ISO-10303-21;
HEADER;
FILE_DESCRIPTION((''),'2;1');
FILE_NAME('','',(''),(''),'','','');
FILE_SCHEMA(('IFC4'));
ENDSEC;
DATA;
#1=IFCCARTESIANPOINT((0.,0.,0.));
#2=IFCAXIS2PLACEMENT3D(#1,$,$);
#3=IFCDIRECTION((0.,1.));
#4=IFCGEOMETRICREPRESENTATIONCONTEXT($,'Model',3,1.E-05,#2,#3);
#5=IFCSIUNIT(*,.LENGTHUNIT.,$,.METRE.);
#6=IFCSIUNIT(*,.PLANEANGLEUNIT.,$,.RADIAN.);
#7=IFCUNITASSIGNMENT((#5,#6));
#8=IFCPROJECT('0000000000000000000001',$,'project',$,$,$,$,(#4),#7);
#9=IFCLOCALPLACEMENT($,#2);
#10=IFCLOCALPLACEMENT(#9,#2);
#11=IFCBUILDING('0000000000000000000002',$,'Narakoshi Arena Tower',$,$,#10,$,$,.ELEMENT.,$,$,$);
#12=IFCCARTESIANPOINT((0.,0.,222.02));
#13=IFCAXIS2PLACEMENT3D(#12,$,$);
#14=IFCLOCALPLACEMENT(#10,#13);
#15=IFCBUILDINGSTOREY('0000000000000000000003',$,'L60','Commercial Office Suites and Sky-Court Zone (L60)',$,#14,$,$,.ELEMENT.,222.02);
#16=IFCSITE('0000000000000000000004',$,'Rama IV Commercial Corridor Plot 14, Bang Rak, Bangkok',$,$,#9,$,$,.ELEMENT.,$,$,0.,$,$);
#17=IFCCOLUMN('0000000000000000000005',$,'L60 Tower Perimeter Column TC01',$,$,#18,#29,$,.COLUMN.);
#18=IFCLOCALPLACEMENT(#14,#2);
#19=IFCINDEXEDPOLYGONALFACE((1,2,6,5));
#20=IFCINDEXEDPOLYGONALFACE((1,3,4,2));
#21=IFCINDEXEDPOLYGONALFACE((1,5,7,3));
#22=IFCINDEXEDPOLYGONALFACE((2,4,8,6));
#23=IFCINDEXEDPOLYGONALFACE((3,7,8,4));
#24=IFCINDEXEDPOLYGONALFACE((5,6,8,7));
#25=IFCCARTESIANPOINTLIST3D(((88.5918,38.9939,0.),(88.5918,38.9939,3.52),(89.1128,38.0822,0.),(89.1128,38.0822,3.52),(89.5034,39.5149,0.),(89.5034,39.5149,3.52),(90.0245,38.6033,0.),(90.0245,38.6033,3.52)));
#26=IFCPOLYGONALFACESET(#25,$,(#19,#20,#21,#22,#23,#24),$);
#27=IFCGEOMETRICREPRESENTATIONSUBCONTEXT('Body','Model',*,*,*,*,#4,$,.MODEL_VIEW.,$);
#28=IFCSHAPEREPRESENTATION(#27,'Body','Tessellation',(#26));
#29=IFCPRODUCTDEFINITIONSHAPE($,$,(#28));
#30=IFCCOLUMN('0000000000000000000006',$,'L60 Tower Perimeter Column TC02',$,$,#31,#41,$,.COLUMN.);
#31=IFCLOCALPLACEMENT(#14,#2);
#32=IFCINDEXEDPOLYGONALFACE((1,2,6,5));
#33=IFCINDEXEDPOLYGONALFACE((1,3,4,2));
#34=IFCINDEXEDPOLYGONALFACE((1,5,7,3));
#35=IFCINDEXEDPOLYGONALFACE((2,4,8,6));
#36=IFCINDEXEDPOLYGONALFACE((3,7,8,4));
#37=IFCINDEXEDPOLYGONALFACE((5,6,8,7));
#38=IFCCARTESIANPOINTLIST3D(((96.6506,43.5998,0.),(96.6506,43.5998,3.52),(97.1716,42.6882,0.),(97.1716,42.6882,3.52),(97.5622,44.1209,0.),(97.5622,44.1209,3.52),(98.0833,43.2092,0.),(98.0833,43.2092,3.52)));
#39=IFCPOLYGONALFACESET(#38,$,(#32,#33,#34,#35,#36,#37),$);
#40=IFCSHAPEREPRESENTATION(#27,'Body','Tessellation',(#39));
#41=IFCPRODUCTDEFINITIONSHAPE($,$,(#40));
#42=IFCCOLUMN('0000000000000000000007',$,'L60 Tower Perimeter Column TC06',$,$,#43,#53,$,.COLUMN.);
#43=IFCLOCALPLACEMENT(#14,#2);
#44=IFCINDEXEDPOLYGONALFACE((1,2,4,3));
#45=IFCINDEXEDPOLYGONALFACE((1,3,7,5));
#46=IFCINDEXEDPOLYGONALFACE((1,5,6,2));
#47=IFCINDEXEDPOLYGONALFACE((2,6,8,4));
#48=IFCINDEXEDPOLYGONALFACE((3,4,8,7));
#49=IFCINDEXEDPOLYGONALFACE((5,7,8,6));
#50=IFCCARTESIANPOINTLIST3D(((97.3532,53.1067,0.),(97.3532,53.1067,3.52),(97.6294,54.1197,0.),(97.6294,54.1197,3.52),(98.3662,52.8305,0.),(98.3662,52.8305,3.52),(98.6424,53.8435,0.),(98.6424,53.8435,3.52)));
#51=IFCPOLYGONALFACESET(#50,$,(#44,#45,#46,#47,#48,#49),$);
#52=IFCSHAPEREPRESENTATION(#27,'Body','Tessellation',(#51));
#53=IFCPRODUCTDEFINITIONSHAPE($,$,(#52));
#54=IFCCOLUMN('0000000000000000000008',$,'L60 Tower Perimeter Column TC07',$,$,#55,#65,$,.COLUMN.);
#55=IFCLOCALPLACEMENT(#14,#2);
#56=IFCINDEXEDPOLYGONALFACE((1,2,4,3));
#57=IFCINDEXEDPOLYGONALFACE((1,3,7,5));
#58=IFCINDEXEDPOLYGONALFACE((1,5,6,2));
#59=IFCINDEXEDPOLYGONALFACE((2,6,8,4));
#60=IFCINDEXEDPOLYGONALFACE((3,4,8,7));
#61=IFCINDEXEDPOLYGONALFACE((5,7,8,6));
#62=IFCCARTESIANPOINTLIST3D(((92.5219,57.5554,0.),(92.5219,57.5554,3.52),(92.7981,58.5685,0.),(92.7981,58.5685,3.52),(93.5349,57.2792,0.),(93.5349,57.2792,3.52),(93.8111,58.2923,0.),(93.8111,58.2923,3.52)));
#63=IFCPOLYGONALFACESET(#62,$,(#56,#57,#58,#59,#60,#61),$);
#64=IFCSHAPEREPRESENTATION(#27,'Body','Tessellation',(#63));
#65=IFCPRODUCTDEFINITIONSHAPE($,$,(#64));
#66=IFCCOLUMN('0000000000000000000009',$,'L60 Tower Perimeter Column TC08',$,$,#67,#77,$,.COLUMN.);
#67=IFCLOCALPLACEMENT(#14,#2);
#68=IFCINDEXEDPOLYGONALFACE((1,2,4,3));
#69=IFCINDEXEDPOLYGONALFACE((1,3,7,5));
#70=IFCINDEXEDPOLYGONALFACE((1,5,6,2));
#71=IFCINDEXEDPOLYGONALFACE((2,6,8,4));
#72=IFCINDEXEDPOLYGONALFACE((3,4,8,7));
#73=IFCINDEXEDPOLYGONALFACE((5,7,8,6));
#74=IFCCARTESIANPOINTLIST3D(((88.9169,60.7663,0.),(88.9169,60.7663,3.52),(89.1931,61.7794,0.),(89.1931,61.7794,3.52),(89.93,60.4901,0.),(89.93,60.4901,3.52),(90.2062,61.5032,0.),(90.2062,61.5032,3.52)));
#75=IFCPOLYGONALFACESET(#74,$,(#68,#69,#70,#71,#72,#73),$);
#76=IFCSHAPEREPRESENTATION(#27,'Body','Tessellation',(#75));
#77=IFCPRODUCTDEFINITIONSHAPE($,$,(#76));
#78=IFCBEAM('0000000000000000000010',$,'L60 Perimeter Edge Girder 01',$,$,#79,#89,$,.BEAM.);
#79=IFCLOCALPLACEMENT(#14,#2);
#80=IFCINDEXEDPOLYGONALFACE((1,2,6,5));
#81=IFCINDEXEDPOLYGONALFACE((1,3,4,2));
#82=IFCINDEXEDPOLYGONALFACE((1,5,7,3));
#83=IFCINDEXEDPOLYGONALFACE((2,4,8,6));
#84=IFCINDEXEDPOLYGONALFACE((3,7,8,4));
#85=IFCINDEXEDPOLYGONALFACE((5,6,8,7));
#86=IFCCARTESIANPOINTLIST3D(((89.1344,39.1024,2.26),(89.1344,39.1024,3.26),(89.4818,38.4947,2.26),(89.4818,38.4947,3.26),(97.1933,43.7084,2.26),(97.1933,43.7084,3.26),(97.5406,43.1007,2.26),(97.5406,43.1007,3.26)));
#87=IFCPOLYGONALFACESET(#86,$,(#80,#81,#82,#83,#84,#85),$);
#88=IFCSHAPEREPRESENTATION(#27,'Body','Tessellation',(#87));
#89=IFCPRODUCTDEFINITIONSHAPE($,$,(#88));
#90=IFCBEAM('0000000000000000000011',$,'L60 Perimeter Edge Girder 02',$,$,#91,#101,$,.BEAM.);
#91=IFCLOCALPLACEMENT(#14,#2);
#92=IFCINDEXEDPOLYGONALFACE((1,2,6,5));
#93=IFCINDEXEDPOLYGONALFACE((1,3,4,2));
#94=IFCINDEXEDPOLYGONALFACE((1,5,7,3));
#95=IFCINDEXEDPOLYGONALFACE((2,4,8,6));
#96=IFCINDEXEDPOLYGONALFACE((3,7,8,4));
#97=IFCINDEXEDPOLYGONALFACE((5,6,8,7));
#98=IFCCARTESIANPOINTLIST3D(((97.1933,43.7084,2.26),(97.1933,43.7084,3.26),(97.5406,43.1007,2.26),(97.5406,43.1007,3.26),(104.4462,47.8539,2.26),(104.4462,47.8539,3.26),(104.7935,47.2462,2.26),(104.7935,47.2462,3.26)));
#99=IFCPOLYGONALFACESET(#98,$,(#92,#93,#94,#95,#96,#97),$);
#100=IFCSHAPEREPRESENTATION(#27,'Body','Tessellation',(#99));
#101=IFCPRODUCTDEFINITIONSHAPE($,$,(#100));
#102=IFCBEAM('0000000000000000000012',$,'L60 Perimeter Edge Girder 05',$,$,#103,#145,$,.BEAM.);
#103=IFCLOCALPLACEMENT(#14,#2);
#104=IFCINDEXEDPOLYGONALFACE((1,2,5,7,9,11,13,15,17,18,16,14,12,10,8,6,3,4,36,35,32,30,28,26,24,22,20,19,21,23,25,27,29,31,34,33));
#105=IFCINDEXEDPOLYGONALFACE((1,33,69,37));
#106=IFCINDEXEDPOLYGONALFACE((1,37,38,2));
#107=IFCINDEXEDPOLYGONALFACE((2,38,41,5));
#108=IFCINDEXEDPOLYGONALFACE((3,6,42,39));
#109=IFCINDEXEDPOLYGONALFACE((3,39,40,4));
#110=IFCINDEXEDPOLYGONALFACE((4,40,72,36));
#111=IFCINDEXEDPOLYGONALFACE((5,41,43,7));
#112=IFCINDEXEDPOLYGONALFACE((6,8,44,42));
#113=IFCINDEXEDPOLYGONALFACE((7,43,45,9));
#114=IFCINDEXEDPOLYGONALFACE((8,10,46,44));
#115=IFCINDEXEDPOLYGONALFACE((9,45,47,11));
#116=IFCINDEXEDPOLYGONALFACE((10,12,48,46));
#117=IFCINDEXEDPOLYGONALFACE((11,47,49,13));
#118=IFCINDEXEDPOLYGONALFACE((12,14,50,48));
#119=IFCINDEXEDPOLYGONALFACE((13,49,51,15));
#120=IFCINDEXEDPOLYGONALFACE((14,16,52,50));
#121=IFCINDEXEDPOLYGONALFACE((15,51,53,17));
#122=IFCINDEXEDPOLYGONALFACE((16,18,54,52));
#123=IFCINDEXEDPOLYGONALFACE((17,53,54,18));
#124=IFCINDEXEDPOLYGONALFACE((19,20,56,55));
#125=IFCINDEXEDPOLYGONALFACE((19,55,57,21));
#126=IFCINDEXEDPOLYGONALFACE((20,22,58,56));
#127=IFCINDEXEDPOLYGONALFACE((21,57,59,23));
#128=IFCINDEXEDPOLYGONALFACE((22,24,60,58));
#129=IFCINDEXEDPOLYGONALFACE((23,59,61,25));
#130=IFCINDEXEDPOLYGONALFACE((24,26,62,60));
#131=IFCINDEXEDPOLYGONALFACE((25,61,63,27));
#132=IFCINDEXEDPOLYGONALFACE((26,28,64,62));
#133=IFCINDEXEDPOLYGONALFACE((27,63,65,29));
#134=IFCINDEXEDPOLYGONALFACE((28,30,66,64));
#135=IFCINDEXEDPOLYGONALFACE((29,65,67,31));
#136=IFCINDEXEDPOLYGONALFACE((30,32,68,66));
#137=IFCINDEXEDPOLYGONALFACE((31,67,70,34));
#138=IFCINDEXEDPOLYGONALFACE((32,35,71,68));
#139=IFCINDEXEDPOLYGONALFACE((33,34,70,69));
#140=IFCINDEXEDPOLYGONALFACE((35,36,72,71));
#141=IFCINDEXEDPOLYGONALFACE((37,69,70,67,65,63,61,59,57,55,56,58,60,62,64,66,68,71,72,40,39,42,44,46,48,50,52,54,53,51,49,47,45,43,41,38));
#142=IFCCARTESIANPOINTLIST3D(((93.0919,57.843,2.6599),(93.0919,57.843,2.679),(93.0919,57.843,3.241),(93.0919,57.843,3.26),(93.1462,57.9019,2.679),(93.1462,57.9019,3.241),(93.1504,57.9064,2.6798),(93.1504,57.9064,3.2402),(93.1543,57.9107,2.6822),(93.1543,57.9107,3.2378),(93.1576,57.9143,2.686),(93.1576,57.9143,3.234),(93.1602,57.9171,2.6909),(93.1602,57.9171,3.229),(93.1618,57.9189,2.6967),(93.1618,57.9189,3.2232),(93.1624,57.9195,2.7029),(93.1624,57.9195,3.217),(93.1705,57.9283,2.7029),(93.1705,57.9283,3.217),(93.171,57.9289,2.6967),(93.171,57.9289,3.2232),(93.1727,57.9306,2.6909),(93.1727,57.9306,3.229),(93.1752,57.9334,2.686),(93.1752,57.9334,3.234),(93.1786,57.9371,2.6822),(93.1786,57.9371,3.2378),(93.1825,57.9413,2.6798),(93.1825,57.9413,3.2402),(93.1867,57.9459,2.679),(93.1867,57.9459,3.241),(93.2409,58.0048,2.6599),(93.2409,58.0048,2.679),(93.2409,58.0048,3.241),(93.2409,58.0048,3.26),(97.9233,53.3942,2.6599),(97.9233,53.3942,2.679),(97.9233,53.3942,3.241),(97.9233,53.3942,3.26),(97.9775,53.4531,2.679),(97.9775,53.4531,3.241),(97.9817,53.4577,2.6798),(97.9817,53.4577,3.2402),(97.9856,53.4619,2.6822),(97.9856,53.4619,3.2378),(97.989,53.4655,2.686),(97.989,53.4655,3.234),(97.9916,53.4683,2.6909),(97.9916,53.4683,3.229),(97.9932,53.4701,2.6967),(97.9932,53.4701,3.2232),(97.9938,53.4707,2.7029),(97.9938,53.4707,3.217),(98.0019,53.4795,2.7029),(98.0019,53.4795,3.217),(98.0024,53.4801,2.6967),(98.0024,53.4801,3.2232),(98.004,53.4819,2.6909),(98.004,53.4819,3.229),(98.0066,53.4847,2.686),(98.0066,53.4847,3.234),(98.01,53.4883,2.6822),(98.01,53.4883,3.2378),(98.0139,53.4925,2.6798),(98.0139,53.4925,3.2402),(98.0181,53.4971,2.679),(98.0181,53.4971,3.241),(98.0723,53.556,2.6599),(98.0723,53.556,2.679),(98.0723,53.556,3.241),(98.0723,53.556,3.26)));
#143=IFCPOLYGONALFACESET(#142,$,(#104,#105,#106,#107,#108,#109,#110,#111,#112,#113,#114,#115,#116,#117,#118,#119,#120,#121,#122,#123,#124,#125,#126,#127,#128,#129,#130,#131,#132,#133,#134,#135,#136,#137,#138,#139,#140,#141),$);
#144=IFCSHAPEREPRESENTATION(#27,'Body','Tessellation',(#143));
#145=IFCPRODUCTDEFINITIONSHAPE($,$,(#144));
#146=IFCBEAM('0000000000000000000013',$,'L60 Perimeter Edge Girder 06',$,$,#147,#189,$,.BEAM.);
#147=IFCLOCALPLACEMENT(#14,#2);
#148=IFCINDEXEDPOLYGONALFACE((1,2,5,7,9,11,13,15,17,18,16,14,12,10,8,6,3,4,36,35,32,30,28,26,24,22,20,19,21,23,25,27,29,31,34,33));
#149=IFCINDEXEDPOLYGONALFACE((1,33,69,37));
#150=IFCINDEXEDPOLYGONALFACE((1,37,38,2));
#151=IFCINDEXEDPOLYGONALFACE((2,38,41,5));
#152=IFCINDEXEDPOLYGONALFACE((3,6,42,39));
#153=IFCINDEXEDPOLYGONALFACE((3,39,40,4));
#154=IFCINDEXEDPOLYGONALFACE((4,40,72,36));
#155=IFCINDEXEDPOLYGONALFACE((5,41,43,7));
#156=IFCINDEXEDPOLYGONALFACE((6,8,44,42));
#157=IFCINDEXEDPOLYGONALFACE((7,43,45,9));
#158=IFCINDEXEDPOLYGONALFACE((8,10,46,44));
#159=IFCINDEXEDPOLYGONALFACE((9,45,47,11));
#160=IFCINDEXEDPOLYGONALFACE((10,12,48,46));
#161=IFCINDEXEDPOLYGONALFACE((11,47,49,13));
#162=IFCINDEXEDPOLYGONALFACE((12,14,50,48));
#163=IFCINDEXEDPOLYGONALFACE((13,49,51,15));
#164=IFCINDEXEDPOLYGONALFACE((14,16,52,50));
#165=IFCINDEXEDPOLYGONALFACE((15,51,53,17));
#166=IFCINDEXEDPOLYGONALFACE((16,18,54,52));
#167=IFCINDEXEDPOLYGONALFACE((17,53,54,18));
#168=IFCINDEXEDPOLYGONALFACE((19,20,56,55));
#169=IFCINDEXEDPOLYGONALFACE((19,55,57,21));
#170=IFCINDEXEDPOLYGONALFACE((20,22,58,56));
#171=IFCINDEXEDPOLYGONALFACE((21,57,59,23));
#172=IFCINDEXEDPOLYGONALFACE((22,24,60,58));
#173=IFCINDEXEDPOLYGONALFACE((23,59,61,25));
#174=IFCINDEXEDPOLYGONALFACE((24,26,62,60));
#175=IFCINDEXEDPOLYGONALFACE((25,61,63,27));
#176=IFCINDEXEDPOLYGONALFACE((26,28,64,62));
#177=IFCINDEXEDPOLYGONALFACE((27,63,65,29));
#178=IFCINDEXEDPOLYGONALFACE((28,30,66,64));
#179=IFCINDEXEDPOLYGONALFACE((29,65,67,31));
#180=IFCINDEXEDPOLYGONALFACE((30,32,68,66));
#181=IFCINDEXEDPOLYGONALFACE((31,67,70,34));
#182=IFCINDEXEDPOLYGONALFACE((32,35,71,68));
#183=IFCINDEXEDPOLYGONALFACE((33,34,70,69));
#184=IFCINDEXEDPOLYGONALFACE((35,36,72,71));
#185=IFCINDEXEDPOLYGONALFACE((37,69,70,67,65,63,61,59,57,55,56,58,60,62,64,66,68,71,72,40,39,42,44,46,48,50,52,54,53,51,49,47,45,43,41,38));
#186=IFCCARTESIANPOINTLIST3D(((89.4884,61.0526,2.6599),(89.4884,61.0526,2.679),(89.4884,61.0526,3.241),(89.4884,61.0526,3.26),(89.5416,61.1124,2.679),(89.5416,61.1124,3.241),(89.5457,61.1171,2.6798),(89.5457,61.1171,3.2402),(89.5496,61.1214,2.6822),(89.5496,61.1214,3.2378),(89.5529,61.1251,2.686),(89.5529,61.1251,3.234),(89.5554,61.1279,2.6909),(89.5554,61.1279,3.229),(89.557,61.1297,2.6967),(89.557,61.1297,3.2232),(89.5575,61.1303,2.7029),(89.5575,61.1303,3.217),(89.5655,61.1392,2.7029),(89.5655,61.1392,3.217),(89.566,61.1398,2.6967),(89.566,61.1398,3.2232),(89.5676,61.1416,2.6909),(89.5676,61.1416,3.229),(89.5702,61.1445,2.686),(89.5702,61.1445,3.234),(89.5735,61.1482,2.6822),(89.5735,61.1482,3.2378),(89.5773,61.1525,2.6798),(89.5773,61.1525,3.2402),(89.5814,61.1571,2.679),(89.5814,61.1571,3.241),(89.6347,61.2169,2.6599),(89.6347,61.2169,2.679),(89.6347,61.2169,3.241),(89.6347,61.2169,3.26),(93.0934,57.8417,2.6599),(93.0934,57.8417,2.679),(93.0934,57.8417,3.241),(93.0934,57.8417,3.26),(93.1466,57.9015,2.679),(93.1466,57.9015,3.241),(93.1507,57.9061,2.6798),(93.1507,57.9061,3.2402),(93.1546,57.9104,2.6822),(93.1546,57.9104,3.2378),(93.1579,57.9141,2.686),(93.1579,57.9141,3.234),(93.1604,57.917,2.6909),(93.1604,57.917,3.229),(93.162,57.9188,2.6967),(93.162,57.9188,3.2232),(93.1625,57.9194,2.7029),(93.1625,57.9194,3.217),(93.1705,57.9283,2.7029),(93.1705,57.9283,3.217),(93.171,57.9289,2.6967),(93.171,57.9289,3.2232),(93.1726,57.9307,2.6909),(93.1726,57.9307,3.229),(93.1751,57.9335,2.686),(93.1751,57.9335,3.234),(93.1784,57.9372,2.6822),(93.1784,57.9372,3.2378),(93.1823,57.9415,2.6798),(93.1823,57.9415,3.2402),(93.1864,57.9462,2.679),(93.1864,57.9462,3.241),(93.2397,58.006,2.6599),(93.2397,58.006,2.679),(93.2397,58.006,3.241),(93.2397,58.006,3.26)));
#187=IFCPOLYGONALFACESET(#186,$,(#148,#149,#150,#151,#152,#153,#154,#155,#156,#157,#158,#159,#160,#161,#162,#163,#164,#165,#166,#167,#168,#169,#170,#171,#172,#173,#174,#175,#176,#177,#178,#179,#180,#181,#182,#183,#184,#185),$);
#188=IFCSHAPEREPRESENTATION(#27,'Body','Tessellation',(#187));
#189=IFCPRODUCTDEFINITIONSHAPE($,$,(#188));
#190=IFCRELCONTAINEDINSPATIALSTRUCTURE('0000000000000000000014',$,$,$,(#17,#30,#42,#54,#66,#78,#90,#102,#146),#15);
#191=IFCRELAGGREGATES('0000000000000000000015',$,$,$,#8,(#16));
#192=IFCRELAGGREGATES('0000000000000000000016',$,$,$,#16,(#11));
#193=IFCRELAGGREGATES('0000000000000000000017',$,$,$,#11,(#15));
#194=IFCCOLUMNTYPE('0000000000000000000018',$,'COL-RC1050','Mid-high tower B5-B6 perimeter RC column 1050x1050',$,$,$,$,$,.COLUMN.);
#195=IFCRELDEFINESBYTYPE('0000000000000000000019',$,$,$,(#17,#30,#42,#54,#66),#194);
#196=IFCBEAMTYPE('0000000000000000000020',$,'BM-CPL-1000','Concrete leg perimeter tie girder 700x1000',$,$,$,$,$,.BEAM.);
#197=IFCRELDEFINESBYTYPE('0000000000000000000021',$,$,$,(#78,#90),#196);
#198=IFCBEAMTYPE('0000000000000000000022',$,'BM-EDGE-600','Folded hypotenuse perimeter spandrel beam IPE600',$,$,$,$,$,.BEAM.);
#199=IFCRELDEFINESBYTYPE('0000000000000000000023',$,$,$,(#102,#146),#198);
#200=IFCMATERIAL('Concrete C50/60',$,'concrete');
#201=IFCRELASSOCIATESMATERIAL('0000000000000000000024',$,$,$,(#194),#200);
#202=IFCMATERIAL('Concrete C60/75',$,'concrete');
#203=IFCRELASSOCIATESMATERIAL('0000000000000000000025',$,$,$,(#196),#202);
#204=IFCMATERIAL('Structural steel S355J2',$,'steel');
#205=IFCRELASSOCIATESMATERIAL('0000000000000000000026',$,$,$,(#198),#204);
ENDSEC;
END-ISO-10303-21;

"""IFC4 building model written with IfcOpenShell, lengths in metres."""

from ifc_helpers import new_model, si_unit, direction, frame, origin, origin_2d, place, context, subcontext, project, spatial, rectangle, i_section, extrude, material, material_profile, profile_set, type_object, element, save


model = new_model("IFC4")

# Units and contexts
model_context = context("Model", 3, precision=1e-05, world=origin(), true_north=direction((0.0, 1.0)))
body_context = subcontext(model_context, "Body", "Model", "MODEL_VIEW")
ifc_project = project(units=[si_unit("LENGTHUNIT", "METRE"), si_unit("PLANEANGLEUNIT", "RADIAN")], contexts=[model_context])

# Site, building, storey
site_placement = place(None, origin())
site = spatial("IfcSite", under=ifc_project, at=site_placement, Name="Rama IV Commercial Corridor Plot 14, Bang Rak, Bangkok", CompositionType="ELEMENT", RefElevation=0.0)
building_placement = place(site_placement, origin())
building = spatial("IfcBuilding", under=site, at=building_placement, Name="Narakoshi Arena Tower", CompositionType="ELEMENT")
storey_placement = place(building_placement, frame((0.0, 0.0, 222.02)))
storey = spatial("IfcBuildingStorey", under=building, at=storey_placement, Name="L60", Description="Commercial Office Suites and Sky-Court Zone (L60)", CompositionType="ELEMENT", Elevation=222.02)

# Columns
ifc_material_1 = material(Name="Concrete C50/60", Category="concrete")
ifc_material_profile_1 = material_profile(ifc_material_1, rectangle(XDim=1.05, YDim=1.05, at=origin_2d()), Name="RC1050x1050")
ifc_profile_set_1 = profile_set([ifc_material_profile_1], Name="Concrete C50/60")
column_type = type_object("IfcColumnType", Name="COL-RC1050", Description="Mid-high tower B5-B6 perimeter RC column 1050x1050", PredefinedType="COLUMN", material=ifc_profile_set_1)
for number, where, z_axis, x_axis, name in (
    (1, (89.3081, 38.7986, 0.0), (0.0, 0.0, 1.0), (0.868199, 0.496217, 0.0), "L60 Tower Perimeter Column TC01"),
    (2, (97.3669, 43.4045, 0.0), (0.0, 0.0, 1.0), (0.868199, 0.496217, 0.0), "L60 Tower Perimeter Column TC02"),
    (3, (97.9978, 53.4751, 0.0), (0.0, 0.0, 1.0), (0.263031, 0.964787, 0.0), "L60 Tower Perimeter Column TC06"),
    (4, (93.1665, 57.9238, 0.0), (0.0, 0.0, 1.0), (0.263031, 0.964787, 0.0), "L60 Tower Perimeter Column TC07"),
    (5, (89.5615, 61.1348, 0.0), (0.0, 0.0, 1.0), (0.263031, 0.964787, 0.0), "L60 Tower Perimeter Column TC08"),
):
    element("IfcColumn", number, at=place(storey_placement, frame(where, z_axis=z_axis, x_axis=x_axis)), inside=storey, type_object=column_type, Name=name, PredefinedType="COLUMN", context=body_context, shape_type="SweptSolid", body=[
        extrude(rectangle(XDim=1.05, YDim=1.05, at=origin_2d()), origin(), (0.0, 0.0, 1.0), 3.52),
    ])

# Beams
ifc_material_2 = material(Name="Concrete C60/75", Category="concrete")
ifc_material_profile_2 = material_profile(ifc_material_2, rectangle(XDim=0.7, YDim=1.0, at=origin_2d()), Name="RCB700x1000")
ifc_profile_set_2 = profile_set([ifc_material_profile_2], Name="Concrete C60/75")
beam_type_1 = type_object("IfcBeamType", Name="BM-CPL-1000", Description="Concrete leg perimeter tie girder 700x1000", PredefinedType="BEAM", material=ifc_profile_set_2)
beam_1_placement = place(storey_placement, frame((89.3081, 38.7986, 2.76), z_axis=(0.868201, 0.496213, 0.0), x_axis=(-0.496213, 0.868201, 0.0)))
element("IfcBeam", 6, at=beam_1_placement, inside=storey, type_object=beam_type_1, Name="L60 Perimeter Edge Girder 01", PredefinedType="BEAM", context=body_context, shape_type="SweptSolid", body=[
    extrude(rectangle(XDim=0.7, YDim=1.0, at=origin_2d()), origin(), (0.0, 0.0, 1.0), 9.2822),
])
beam_2_placement = place(storey_placement, frame((97.3669, 43.4045, 2.76), z_axis=(0.868193, 0.496227, 0.0), x_axis=(-0.496227, 0.868193, 0.0)))
element("IfcBeam", 7, at=beam_2_placement, inside=storey, type_object=beam_type_1, Name="L60 Perimeter Edge Girder 02", PredefinedType="BEAM", context=body_context, shape_type="SweptSolid", body=[
    extrude(rectangle(XDim=0.7, YDim=1.0, at=origin_2d()), origin(), (0.0, 0.0, 1.0), 8.354),
])
ifc_material_3 = material(Name="Structural steel S355J2", Category="steel")
ifc_material_profile_3 = material_profile(ifc_material_3, i_section(OverallWidth=0.22, OverallDepth=0.6001, WebThickness=0.012, FlangeThickness=0.019, FilletRadius=0.0239, at=origin_2d()), Name="IPE600")
ifc_profile_set_3 = profile_set([ifc_material_profile_3], Name="Structural steel S355J2")
beam_type_2 = type_object("IfcBeamType", Name="BM-EDGE-600", Description="Folded hypotenuse perimeter spandrel beam IPE600", PredefinedType="BEAM", material=ifc_profile_set_3)
beam_3_placement = place(storey_placement, frame((97.9978, 53.4751, 2.96), z_axis=(-0.735632, 0.677381, 0.0), x_axis=(-0.677381, -0.735632, 0.0)))
element("IfcBeam", 8, at=beam_3_placement, inside=storey, type_object=beam_type_2, Name="L60 Perimeter Edge Girder 05", PredefinedType="BEAM", context=body_context, shape_type="SweptSolid", body=[
    extrude(i_section(OverallWidth=0.22, OverallDepth=0.6001, WebThickness=0.012, FlangeThickness=0.019, FilletRadius=0.0239, at=origin_2d()), origin(), (0.0, 0.0, 1.0), 6.5676),
])
beam_4_placement = place(storey_placement, frame((93.1665, 57.9238, 2.96), z_axis=(-0.746739, 0.665117, 0.0), x_axis=(-0.665117, -0.746739, 0.0)))
element("IfcBeam", 9, at=beam_4_placement, inside=storey, type_object=beam_type_2, Name="L60 Perimeter Edge Girder 06", PredefinedType="BEAM", context=body_context, shape_type="SweptSolid", body=[
    extrude(i_section(OverallWidth=0.22, OverallDepth=0.6001, WebThickness=0.012, FlangeThickness=0.019, FilletRadius=0.0239, at=origin_2d()), origin(), (0.0, 0.0, 1.0), 4.8276),
])

save(model, "model.ifc")
